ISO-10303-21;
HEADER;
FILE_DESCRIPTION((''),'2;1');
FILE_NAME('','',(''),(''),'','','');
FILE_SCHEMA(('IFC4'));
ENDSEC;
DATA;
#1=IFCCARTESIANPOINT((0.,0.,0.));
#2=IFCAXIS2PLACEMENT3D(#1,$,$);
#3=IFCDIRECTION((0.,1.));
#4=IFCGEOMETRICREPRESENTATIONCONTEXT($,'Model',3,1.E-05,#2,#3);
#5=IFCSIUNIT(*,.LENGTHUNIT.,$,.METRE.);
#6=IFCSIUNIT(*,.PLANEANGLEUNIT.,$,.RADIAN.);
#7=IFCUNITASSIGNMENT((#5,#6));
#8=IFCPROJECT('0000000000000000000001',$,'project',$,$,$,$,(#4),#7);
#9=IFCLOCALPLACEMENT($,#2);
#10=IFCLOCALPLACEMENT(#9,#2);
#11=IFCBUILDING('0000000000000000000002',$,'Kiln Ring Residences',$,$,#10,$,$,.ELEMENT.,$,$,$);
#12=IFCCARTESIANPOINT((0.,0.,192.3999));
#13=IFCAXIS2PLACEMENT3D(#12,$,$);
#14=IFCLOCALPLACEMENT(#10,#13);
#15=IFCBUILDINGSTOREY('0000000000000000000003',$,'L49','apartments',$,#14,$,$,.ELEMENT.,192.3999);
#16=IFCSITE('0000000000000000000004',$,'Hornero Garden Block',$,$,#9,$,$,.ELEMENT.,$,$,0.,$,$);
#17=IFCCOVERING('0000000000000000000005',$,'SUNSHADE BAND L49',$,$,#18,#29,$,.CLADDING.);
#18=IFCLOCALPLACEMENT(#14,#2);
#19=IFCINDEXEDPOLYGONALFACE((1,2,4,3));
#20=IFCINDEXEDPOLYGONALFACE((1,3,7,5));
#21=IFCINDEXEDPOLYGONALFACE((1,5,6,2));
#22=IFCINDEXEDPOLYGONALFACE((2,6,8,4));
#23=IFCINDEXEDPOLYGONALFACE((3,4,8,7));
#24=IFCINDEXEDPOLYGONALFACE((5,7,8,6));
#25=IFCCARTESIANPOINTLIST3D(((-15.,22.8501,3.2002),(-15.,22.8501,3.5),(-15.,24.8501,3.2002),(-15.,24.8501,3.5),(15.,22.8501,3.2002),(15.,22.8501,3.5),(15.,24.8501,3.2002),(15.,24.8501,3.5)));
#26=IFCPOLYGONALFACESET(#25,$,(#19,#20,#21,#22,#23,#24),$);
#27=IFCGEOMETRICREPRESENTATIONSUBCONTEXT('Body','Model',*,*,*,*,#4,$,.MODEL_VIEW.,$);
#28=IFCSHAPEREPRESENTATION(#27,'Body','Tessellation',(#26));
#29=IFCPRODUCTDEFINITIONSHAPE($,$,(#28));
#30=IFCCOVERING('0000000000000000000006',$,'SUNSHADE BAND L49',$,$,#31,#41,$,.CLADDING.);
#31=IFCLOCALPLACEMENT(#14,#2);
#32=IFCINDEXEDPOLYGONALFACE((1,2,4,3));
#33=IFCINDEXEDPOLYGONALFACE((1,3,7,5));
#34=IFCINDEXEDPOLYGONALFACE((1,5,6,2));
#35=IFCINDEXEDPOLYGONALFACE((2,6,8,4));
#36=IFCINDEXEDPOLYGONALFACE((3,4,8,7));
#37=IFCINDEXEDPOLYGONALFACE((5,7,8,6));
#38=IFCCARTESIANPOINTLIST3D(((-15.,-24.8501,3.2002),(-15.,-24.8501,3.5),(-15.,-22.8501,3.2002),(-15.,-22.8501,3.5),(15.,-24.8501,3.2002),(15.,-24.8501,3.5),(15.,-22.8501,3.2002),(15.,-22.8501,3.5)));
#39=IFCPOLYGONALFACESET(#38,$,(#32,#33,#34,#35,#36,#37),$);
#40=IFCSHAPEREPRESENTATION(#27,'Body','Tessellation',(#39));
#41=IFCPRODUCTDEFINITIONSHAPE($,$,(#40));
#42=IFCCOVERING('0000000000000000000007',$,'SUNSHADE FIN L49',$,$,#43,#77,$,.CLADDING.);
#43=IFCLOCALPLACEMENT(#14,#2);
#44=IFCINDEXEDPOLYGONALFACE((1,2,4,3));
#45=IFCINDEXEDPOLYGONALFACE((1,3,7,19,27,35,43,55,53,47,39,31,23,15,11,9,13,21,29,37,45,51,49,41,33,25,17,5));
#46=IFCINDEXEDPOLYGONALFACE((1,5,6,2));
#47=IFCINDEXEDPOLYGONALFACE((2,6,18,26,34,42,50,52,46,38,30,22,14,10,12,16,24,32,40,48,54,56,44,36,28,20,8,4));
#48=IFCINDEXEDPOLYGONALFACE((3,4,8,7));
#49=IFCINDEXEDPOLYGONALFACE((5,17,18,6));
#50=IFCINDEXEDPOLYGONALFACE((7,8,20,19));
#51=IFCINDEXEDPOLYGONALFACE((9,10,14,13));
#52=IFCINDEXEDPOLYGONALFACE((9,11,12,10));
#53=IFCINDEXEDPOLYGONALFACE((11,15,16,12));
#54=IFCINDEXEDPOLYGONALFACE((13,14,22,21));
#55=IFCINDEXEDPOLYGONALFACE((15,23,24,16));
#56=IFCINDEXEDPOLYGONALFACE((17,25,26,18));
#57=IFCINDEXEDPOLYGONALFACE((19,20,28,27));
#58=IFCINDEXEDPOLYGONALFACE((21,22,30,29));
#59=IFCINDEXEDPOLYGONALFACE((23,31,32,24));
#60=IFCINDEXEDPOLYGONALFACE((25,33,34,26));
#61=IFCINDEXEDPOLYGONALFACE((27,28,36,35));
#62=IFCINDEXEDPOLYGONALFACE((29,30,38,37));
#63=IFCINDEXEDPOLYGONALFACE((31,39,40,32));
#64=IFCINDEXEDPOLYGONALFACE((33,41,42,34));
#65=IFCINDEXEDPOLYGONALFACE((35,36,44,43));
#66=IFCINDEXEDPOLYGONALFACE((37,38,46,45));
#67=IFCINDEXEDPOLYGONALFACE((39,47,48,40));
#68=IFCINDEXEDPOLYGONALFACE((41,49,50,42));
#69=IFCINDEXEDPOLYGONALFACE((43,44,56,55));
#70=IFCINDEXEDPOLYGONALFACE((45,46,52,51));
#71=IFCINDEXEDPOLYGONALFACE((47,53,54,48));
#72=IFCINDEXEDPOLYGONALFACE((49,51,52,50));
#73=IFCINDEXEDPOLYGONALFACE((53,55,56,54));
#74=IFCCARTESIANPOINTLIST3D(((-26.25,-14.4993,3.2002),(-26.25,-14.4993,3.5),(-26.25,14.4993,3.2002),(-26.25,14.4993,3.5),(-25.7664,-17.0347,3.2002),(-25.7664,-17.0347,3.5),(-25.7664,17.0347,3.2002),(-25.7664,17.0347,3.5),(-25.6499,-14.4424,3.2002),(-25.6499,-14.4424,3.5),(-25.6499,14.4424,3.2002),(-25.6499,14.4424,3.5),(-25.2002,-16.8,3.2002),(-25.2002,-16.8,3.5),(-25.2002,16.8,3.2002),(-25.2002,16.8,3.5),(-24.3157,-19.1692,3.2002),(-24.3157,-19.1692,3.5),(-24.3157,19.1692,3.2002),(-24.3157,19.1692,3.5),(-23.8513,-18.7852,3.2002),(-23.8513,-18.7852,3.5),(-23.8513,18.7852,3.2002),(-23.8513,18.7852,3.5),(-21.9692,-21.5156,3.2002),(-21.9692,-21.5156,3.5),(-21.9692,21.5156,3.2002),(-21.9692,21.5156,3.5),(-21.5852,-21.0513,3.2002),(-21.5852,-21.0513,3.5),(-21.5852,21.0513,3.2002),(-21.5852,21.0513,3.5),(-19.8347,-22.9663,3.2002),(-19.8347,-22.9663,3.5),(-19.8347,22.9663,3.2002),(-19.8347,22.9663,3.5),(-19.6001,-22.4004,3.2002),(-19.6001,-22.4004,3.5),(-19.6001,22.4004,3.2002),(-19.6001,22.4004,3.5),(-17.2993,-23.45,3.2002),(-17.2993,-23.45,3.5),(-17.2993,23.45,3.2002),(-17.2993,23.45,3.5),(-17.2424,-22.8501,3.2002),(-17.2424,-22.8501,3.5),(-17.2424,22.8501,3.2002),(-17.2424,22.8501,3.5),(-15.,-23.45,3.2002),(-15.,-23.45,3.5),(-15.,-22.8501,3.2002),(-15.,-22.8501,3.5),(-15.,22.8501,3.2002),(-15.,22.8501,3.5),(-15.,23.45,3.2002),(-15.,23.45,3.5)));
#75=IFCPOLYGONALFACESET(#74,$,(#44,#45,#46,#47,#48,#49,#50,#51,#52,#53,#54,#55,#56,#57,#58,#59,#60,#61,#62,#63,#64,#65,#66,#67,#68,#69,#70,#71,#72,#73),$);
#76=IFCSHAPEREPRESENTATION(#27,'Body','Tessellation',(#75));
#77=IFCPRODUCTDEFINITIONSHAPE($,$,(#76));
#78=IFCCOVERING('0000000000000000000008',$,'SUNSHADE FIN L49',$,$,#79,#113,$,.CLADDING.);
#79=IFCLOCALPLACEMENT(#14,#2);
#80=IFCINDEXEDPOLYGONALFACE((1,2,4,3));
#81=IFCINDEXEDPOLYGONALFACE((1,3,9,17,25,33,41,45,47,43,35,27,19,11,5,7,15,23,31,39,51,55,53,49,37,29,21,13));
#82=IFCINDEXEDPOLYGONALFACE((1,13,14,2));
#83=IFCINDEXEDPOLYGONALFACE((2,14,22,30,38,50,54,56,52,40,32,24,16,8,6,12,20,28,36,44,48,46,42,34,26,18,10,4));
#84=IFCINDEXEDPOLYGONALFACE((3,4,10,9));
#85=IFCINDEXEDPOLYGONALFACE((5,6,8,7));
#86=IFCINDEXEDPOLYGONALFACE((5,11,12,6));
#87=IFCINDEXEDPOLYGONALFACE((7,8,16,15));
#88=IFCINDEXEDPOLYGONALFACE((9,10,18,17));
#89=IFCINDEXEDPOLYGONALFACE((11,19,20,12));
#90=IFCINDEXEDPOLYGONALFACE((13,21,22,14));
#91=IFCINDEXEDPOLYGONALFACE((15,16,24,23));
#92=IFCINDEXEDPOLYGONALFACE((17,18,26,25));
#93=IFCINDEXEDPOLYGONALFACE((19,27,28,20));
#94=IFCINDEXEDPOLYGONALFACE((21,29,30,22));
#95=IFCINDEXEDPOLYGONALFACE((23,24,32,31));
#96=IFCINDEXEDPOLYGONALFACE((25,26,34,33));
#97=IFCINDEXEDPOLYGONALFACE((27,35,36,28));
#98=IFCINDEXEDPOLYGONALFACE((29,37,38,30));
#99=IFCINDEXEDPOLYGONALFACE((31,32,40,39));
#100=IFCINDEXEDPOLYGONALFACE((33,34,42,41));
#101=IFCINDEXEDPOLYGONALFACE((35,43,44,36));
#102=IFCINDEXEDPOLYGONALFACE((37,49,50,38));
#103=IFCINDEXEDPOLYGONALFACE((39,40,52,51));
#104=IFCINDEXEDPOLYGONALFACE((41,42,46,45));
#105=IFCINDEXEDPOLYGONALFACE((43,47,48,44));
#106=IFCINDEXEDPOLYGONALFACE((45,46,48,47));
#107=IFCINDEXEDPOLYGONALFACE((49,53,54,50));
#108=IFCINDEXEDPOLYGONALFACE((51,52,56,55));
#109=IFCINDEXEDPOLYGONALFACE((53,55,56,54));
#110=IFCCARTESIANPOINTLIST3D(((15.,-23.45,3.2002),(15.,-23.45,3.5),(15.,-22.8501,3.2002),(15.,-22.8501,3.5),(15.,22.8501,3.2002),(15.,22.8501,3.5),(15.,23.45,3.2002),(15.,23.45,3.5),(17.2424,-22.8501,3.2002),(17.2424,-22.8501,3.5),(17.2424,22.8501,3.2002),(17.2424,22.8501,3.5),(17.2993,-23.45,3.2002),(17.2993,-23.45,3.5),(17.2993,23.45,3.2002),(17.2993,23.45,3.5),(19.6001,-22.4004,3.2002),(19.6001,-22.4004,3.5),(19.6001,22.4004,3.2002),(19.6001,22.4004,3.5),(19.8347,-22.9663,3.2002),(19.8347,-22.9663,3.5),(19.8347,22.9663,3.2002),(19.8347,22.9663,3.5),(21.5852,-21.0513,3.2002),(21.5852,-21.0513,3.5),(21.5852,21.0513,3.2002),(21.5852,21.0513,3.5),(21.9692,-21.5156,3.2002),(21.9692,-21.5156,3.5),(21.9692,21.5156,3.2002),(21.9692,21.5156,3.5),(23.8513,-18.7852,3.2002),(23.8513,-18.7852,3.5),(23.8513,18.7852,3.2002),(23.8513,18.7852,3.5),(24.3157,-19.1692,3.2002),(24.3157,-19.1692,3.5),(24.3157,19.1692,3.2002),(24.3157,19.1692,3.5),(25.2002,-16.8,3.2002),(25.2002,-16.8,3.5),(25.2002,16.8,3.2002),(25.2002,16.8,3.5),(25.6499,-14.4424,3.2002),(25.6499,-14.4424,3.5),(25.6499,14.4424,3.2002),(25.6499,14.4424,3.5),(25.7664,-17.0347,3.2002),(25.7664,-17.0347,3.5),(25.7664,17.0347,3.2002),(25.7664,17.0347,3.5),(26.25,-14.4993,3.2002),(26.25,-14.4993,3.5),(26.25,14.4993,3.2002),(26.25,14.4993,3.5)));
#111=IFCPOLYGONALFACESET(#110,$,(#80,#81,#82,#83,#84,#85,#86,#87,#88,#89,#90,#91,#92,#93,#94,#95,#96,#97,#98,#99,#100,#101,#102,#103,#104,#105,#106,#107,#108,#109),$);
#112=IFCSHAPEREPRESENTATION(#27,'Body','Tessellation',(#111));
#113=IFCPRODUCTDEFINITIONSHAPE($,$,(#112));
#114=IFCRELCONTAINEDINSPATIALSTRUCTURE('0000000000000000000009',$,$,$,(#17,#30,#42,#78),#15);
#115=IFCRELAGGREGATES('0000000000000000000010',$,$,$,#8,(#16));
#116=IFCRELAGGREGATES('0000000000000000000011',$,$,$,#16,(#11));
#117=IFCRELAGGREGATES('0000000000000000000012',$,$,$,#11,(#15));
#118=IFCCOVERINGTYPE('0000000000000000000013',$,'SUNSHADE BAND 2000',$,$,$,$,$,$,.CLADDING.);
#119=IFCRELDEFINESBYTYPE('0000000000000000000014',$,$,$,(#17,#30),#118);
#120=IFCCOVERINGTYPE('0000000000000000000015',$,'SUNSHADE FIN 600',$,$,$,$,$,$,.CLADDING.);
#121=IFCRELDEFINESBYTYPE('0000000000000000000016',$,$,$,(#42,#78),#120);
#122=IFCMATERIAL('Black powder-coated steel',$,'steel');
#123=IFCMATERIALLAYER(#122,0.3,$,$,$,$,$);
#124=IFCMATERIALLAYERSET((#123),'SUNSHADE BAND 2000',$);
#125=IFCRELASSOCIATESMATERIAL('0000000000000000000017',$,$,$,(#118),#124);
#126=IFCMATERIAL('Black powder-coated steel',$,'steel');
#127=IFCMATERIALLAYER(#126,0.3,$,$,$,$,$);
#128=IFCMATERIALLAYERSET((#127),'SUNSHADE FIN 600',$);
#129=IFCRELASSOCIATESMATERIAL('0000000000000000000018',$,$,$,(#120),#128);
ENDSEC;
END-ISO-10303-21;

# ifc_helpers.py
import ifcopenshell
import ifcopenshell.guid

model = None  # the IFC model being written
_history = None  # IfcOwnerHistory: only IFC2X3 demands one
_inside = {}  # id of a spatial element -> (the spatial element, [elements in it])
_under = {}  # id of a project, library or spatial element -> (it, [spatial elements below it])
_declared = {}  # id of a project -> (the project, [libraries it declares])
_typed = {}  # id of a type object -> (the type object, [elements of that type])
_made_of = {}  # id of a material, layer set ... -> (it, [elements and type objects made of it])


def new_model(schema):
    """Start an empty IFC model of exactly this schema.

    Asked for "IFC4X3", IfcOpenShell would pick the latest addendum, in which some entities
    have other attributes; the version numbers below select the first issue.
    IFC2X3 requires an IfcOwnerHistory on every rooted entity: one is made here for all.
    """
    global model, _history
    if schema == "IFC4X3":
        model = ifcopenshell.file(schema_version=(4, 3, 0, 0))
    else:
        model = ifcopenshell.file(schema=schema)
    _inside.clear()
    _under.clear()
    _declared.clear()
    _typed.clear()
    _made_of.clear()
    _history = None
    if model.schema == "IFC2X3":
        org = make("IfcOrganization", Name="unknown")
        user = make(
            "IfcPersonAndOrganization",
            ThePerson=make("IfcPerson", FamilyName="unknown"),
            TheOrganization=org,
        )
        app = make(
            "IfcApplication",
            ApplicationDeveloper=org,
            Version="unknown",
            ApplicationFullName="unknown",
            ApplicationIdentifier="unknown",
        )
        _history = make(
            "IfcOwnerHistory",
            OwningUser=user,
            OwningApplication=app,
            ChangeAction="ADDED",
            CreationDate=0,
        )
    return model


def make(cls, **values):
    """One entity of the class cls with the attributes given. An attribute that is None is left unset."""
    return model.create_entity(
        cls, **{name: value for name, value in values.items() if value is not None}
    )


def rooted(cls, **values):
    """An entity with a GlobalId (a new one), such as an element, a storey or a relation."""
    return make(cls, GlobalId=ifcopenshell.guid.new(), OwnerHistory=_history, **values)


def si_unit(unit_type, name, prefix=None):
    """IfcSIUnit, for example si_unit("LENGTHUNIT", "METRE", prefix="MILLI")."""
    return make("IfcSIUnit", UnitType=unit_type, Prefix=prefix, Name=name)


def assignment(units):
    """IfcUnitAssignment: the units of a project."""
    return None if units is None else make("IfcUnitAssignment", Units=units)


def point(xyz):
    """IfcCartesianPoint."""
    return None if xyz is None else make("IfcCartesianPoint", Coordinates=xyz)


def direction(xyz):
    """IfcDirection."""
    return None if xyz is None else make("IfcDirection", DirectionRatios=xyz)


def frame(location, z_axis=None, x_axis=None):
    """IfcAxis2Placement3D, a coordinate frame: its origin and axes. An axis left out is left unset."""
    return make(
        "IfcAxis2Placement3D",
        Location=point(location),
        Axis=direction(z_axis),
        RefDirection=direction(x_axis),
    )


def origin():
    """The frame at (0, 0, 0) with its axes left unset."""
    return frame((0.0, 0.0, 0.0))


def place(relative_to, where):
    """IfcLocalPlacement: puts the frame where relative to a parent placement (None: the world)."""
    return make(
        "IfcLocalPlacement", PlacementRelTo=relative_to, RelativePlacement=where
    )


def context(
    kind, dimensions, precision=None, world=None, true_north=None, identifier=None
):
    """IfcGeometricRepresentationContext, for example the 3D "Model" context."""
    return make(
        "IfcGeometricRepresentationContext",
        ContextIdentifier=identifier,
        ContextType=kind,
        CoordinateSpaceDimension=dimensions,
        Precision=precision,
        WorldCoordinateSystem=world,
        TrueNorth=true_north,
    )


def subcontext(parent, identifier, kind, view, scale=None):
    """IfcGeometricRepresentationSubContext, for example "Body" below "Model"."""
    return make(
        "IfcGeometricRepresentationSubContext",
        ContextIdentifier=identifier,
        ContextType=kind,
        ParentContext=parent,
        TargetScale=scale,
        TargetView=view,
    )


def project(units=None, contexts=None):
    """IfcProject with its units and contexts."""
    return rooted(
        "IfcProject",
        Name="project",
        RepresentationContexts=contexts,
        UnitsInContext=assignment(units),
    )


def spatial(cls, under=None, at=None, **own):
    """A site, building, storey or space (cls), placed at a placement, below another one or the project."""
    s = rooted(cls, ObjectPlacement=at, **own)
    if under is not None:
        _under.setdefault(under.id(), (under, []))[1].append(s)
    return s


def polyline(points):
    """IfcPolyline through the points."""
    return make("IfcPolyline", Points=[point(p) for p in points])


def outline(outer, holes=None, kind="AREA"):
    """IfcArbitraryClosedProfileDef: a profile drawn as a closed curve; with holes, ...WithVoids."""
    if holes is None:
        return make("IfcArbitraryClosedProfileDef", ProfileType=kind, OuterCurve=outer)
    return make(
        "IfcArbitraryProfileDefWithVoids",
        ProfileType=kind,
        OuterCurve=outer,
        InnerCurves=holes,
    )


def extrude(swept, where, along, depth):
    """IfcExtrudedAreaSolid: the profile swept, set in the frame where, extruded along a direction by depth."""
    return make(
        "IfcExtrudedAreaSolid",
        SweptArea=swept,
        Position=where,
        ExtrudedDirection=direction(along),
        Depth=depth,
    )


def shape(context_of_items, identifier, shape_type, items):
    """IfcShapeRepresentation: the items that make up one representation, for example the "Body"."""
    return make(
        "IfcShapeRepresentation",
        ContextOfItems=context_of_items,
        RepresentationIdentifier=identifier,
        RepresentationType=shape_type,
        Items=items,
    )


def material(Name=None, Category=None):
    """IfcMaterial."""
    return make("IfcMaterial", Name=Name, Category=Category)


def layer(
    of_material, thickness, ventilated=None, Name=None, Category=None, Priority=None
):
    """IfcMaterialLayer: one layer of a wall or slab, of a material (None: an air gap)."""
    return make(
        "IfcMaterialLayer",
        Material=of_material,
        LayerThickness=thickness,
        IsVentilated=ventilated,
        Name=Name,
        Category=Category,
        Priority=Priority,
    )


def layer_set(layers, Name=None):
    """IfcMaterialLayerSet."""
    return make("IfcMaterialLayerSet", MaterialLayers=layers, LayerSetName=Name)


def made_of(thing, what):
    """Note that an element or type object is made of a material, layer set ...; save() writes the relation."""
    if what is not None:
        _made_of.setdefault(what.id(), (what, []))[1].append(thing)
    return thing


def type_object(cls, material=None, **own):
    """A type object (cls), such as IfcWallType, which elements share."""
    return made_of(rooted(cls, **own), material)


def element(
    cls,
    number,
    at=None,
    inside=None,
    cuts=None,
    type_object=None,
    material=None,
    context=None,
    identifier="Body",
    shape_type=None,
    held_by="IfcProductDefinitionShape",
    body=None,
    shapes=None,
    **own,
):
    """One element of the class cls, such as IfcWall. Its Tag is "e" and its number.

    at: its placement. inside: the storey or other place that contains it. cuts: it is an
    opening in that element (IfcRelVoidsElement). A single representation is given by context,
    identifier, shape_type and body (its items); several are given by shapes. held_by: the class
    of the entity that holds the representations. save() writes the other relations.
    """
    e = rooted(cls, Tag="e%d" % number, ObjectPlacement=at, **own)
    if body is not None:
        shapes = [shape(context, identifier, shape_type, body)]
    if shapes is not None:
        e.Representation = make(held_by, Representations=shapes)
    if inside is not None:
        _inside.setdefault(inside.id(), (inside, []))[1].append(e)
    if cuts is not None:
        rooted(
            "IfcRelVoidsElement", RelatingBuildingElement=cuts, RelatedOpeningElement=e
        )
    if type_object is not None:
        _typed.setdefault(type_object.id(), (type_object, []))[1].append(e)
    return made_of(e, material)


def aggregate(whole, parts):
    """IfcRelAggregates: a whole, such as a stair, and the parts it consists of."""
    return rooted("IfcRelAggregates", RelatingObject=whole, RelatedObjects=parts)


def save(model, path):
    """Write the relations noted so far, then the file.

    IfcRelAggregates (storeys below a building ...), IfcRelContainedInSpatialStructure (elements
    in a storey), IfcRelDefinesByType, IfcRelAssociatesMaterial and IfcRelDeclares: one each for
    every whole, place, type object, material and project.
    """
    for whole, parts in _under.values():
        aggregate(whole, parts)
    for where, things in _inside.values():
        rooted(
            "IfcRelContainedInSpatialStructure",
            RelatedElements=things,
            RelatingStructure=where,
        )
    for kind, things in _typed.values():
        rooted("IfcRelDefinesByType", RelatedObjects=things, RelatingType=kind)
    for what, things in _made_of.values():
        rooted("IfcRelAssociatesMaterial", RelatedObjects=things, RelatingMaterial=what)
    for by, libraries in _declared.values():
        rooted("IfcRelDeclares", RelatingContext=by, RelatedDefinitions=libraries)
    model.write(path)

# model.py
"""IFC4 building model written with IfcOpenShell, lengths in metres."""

from ifc_helpers import new_model, si_unit, direction, frame, origin, place, context, subcontext, project, spatial, polyline, outline, extrude, material, layer, layer_set, type_object, element, save


model = new_model("IFC4")

# Units and contexts
model_context = context("Model", 3, precision=1e-05, world=origin(), true_north=direction((0.0, 1.0)))
body_context = subcontext(model_context, "Body", "Model", "MODEL_VIEW")
ifc_project = project(units=[si_unit("LENGTHUNIT", "METRE"), si_unit("PLANEANGLEUNIT", "RADIAN")], contexts=[model_context])

# Site, building, storey
site_placement = place(None, origin())
site = spatial("IfcSite", under=ifc_project, at=site_placement, Name="Hornero Garden Block", CompositionType="ELEMENT", RefElevation=0.0)
building_placement = place(site_placement, origin())
building = spatial("IfcBuilding", under=site, at=building_placement, Name="Kiln Ring Residences", CompositionType="ELEMENT")
storey_placement = place(building_placement, frame((0.0, 0.0, 192.3999)))
storey = spatial("IfcBuildingStorey", under=building, at=storey_placement, Name="L49", Description="apartments", CompositionType="ELEMENT", Elevation=192.3999)

# Coverings
ifc_material_1 = material(Name="Black powder-coated steel", Category="steel")
ifc_layer_1 = layer(ifc_material_1, 0.3)
ifc_layer_set_1 = layer_set([ifc_layer_1], Name="SUNSHADE BAND 2000")
covering_type_1 = type_object("IfcCoveringType", Name="SUNSHADE BAND 2000", PredefinedType="CLADDING", material=ifc_layer_set_1)
placement = place(storey_placement, frame((0.0, 0.0, 3.2002)))
element("IfcCovering", 1, at=placement, inside=storey, type_object=covering_type_1, Name="SUNSHADE BAND L49", PredefinedType="CLADDING", context=body_context, shape_type="SweptSolid", body=[
    extrude(outline(polyline([(15.0, 24.8501), (-15.0, 24.8501), (-15.0, 22.8501), (15.0, 22.8501), (15.0, 24.8501)])), origin(), (0.0, 0.0, 1.0), 0.2998),
])
element("IfcCovering", 2, at=placement, inside=storey, type_object=covering_type_1, Name="SUNSHADE BAND L49", PredefinedType="CLADDING", context=body_context, shape_type="SweptSolid", body=[
    extrude(outline(polyline([(-15.0, -24.8501), (15.0, -24.8501), (15.0, -22.8501), (-15.0, -22.8501), (-15.0, -24.8501)])), origin(), (0.0, 0.0, 1.0), 0.2998),
])
ifc_material_2 = material(Name="Black powder-coated steel", Category="steel")
ifc_layer_2 = layer(ifc_material_2, 0.3)
ifc_layer_set_2 = layer_set([ifc_layer_2], Name="SUNSHADE FIN 600")
covering_type_2 = type_object("IfcCoveringType", Name="SUNSHADE FIN 600", PredefinedType="CLADDING", material=ifc_layer_set_2)
element("IfcCovering", 3, at=placement, inside=storey, type_object=covering_type_2, Name="SUNSHADE FIN L49", PredefinedType="CLADDING", context=body_context, shape_type="SweptSolid", body=[
    extrude(outline(polyline([(-26.25, -14.4993), (-25.7664, -17.0347), (-24.3157, -19.1692), (-21.9692, -21.5156), (-19.8347, -22.9663), (-17.2993, -23.45), (-15.0, -23.45), (-15.0, -22.8501), (-17.2424, -22.8501), (-19.6001, -22.4004), (-21.5852, -21.0513), (-23.8513, -18.7852), (-25.2002, -16.8), (-25.6499, -14.4424), (-25.6499, 14.4424), (-25.2002, 16.8), (-23.8513, 18.7852), (-21.5852, 21.0513), (-19.6001, 22.4004), (-17.2424, 22.8501), (-15.0, 22.8501), (-15.0, 23.45), (-17.2993, 23.45), (-19.8347, 22.9663), (-21.9692, 21.5156), (-24.3157, 19.1692), (-25.7664, 17.0347), (-26.25, 14.4993), (-26.25, -14.4993)])), origin(), (0.0, 0.0, 1.0), 0.2998),
])
element("IfcCovering", 4, at=placement, inside=storey, type_object=covering_type_2, Name="SUNSHADE FIN L49", PredefinedType="CLADDING", context=body_context, shape_type="SweptSolid", body=[
    extrude(outline(polyline([(17.2993, 23.45), (15.0, 23.45), (15.0, 22.8501), (17.2424, 22.8501), (19.6001, 22.4004), (21.5852, 21.0513), (23.8513, 18.7852), (25.2002, 16.8), (25.6499, 14.4424), (25.6499, -14.4424), (25.2002, -16.8), (23.8513, -18.7852), (21.5852, -21.0513), (19.6001, -22.4004), (17.2424, -22.8501), (15.0, -22.8501), (15.0, -23.45), (17.2993, -23.45), (19.8347, -22.9663), (21.9692, -21.5156), (24.3157, -19.1692), (25.7664, -17.0347), (26.25, -14.4993), (26.25, 14.4993), (25.7664, 17.0347), (24.3157, 19.1692), (21.9692, 21.5156), (19.8347, 22.9663), (17.2993, 23.45)])), origin(), (0.0, 0.0, 1.0), 0.2998),
])

save(model, "model.ifc")
